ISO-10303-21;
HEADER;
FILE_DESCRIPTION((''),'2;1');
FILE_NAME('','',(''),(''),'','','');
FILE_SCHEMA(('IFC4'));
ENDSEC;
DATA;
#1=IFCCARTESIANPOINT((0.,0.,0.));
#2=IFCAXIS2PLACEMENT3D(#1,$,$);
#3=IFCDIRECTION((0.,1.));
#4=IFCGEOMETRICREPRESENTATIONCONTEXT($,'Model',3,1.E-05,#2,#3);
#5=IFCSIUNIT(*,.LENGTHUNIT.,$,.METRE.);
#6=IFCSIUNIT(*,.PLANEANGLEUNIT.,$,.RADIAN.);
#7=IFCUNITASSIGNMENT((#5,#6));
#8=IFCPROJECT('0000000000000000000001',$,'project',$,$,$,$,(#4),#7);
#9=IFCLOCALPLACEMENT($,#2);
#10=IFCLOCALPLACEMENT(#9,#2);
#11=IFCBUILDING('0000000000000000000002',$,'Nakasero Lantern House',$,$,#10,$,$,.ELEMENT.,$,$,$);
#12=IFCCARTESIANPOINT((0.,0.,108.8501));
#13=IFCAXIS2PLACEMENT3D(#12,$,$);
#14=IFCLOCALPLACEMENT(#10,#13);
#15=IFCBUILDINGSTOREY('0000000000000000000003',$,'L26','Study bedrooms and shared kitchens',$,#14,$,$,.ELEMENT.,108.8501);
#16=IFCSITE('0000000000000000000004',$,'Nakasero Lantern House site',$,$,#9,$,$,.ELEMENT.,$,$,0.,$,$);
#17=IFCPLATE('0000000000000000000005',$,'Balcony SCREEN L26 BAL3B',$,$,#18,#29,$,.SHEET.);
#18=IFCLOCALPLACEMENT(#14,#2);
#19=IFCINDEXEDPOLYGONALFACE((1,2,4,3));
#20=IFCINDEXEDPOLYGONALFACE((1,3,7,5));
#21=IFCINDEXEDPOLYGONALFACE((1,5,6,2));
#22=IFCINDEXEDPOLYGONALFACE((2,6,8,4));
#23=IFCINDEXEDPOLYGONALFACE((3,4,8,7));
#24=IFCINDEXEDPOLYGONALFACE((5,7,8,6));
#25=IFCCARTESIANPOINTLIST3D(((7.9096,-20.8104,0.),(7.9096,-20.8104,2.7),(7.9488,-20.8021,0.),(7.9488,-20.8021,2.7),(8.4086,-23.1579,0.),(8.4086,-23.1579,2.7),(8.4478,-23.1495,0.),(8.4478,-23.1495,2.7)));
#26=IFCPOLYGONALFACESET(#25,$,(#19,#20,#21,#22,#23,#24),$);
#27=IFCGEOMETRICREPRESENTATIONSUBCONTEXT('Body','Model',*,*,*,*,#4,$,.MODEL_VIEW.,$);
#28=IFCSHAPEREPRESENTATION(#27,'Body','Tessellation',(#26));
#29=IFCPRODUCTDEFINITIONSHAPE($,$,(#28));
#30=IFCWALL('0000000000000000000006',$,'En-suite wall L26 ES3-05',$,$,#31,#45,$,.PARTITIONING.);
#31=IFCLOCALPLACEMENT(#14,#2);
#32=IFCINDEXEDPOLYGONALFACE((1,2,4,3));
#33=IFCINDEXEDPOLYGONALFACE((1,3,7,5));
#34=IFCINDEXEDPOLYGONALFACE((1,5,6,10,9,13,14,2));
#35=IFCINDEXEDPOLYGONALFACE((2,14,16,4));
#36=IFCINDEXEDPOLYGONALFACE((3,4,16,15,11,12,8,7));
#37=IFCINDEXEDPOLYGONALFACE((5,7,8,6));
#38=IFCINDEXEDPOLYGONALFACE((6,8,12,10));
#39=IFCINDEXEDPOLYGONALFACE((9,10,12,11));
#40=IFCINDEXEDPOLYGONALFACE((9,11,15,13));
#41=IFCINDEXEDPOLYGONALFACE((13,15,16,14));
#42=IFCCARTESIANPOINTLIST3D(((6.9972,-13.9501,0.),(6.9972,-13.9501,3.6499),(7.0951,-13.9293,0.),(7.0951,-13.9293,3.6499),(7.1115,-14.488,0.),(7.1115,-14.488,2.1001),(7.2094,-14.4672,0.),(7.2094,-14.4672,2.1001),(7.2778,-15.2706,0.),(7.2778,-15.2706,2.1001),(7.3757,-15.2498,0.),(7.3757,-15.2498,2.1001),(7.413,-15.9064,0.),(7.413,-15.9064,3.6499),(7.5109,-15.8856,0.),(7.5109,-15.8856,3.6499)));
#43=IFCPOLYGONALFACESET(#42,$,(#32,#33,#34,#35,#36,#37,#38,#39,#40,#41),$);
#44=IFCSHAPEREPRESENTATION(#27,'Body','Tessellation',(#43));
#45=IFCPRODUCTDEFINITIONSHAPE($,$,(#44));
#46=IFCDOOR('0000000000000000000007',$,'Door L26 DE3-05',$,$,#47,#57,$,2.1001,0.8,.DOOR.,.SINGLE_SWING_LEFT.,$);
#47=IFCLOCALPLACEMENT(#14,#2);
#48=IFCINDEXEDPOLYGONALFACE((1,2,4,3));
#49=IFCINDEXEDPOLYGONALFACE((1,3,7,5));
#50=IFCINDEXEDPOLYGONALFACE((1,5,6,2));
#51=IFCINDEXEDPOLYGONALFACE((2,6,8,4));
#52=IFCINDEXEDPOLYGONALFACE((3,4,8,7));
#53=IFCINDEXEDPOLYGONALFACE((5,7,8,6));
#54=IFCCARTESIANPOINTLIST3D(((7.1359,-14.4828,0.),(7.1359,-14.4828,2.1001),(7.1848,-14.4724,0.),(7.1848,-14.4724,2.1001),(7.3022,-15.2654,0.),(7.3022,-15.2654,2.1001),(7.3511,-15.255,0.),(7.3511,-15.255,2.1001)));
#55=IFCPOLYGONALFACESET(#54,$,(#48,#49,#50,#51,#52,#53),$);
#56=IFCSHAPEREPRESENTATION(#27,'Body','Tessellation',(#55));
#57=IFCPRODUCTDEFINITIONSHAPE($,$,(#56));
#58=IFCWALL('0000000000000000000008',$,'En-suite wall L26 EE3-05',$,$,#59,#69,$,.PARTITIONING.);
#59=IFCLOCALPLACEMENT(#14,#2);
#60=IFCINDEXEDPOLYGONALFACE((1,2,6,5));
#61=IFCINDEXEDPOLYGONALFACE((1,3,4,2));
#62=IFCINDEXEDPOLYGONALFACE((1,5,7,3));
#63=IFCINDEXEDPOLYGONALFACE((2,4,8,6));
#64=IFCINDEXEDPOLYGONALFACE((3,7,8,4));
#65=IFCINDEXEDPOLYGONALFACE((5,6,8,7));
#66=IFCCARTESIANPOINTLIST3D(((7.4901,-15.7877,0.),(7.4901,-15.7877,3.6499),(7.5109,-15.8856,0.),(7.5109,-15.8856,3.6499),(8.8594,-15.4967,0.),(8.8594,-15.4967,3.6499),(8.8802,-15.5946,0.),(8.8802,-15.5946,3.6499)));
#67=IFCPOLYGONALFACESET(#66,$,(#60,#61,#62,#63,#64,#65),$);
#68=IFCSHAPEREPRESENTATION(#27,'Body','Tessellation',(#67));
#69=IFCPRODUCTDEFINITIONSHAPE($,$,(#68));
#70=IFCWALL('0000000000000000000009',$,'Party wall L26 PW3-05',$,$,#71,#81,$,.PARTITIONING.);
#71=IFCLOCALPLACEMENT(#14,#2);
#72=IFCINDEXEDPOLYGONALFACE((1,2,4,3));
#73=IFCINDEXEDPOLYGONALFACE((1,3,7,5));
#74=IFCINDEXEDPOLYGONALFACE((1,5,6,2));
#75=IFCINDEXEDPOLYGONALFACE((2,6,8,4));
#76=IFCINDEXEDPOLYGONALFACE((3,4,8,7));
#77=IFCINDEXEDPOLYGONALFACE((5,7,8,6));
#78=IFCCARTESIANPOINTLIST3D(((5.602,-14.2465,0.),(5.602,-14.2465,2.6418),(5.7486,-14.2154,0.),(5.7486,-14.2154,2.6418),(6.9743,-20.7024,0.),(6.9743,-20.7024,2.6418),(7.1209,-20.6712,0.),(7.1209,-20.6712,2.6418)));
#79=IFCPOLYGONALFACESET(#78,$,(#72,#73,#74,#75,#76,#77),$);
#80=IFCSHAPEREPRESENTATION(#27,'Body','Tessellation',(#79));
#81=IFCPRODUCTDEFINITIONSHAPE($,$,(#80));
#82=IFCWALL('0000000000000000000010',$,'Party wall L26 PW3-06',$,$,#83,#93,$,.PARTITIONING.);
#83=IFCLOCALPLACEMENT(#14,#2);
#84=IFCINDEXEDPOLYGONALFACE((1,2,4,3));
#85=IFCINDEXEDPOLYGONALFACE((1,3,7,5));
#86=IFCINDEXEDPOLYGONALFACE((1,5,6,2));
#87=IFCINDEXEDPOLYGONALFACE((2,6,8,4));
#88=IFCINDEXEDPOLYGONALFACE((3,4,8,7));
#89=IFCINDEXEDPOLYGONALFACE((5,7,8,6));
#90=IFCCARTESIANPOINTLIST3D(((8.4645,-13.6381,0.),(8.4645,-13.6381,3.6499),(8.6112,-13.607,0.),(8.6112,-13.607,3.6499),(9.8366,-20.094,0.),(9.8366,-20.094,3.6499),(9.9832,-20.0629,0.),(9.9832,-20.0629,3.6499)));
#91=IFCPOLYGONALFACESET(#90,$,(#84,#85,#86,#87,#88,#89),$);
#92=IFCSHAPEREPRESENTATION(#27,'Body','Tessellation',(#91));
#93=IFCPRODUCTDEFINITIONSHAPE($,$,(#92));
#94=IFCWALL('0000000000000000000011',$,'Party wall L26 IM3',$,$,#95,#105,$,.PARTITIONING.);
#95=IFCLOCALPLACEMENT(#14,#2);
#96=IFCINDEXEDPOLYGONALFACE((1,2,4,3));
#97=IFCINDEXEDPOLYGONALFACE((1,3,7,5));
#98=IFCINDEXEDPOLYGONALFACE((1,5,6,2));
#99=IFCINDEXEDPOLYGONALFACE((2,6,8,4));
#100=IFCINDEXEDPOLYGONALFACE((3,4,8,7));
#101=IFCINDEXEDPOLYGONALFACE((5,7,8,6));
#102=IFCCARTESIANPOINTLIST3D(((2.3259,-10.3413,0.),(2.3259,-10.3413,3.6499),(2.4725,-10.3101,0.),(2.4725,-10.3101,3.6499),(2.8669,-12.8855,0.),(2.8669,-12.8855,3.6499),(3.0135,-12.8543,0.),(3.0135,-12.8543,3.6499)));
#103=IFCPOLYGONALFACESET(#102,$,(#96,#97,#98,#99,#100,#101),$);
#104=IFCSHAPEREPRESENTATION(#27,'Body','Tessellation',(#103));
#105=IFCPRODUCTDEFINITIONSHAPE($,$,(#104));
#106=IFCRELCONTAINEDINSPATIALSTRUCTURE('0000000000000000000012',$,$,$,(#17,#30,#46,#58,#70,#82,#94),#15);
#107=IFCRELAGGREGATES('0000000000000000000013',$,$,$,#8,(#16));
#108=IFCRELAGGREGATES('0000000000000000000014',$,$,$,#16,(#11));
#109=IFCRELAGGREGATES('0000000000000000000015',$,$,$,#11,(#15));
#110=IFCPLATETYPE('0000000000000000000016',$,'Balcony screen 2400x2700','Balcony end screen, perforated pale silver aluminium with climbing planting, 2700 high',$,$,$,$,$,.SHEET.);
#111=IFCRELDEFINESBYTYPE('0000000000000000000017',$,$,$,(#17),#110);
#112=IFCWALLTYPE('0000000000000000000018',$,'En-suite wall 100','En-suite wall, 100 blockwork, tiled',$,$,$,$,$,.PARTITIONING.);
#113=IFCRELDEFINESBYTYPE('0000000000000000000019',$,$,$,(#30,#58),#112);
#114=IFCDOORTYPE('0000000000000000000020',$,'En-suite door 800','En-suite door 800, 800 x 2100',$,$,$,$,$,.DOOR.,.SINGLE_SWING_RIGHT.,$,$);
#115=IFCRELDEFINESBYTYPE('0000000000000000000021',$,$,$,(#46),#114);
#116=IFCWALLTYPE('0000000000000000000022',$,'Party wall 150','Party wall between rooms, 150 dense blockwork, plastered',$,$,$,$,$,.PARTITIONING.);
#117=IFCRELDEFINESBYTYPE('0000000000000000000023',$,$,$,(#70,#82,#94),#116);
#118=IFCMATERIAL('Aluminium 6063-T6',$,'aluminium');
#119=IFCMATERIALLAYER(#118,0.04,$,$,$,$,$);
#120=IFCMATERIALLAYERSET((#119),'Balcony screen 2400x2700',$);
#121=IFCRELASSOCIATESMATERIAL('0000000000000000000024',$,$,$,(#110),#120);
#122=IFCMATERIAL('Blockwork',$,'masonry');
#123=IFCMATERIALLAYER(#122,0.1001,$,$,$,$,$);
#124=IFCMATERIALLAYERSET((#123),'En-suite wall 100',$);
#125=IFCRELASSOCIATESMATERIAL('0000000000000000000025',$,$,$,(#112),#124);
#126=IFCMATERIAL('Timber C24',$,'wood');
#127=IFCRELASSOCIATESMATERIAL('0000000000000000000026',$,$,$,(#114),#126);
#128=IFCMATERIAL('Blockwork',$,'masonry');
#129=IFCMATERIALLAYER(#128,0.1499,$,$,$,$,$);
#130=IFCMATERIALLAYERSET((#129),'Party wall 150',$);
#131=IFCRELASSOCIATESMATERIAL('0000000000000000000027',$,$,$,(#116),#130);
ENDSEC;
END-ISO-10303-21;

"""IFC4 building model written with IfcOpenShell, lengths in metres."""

from ifc_helpers import new_model, si_unit, direction, frame, frame_2d, origin, origin_2d, place, context, subcontext, project, spatial, rectangle, extrude, material, layer, layer_set, type_object, element, fill, save


model = new_model("IFC4")

# Units and contexts
model_context = context("Model", 3, precision=1e-05, world=origin(), true_north=direction((0.0, 1.0)))
body_context = subcontext(model_context, "Body", "Model", "MODEL_VIEW")
ifc_project = project(units=[si_unit("LENGTHUNIT", "METRE"), si_unit("PLANEANGLEUNIT", "RADIAN")], contexts=[model_context])

# Site, building, storey
site_placement = place(None, origin())
site = spatial("IfcSite", under=ifc_project, at=site_placement, Name="Nakasero Lantern House site", CompositionType="ELEMENT", RefElevation=0.0)
building_placement = place(site_placement, origin())
building = spatial("IfcBuilding", under=site, at=building_placement, Name="Nakasero Lantern House", CompositionType="ELEMENT")
storey_placement = place(building_placement, frame((0.0, 0.0, 108.8501)))
storey = spatial("IfcBuildingStorey", under=building, at=storey_placement, Name="L26", Description="Study bedrooms and shared kitchens", CompositionType="ELEMENT", Elevation=108.8501)

# Plate
ifc_material_1 = material(Name="Aluminium 6063-T6", Category="aluminium")
ifc_layer_1 = layer(ifc_material_1, 0.04)
ifc_layer_set_1 = layer_set([ifc_layer_1], Name="Balcony screen 2400x2700")
plate_type_1 = type_object("IfcPlateType", Name="Balcony screen 2400x2700", Description="Balcony end screen, perforated pale silver aluminium with climbing planting, 2700 high", PredefinedType="SHEET", material=ifc_layer_set_1)
for number, where, z_axis, x_axis, name in (
    (1, (8.1787, -21.98, 0.0), (0.0, 0.0, 1.0), (0.207912, -0.978148, 0.0), "Balcony SCREEN L26 BAL3B"),
):
    element("IfcPlate", number, at=place(storey_placement, frame(where, z_axis=z_axis, x_axis=x_axis)), inside=storey, type_object=plate_type_1, Name=name, PredefinedType="SHEET", context=body_context, shape_type="SweptSolid", body=[
        extrude(rectangle(XDim=2.3999, YDim=0.04, at=origin_2d()), origin(), (0.0, 0.0, 1.0), 2.7),
    ])

# Wall, opening, door
ifc_material_2 = material(Name="Blockwork", Category="masonry")
ifc_layer_2 = layer(ifc_material_2, 0.1001)
ifc_layer_set_2 = layer_set([ifc_layer_2], Name="En-suite wall 100")
wall_type_1 = type_object("IfcWallType", Name="En-suite wall 100", Description="En-suite wall, 100 blockwork, tiled", PredefinedType="PARTITIONING", material=ifc_layer_set_2)
wall_1_placement = place(storey_placement, frame((7.0461, -13.9397, 0.0), z_axis=(0.0, 0.0, 1.0), x_axis=(0.207886, -0.978153, 0.0)))
wall_1 = element("IfcWall", 2, at=wall_1_placement, inside=storey, type_object=wall_type_1, Name="En-suite wall L26 ES3-05", PredefinedType="PARTITIONING", context=body_context, shape_type="SweptSolid", body=[
    extrude(rectangle(XDim=2.0, YDim=0.1001, at=frame_2d((1.0, 0.0))), origin(), (0.0, 0.0, 1.0), 3.6499),
])
opening_placement = place(wall_1_placement, frame((0.55, 0.0, 0.0)))
opening = element("IfcOpeningElement", 3, at=opening_placement, cuts=wall_1, PredefinedType="OPENING", context=body_context, shape_type="SweptSolid", body=[
    extrude(rectangle(XDim=0.8, YDim=2.1001, at=frame_2d((0.3999, 1.05))), frame((0.0, 0.0701, 0.0), z_axis=(0.0, -1.0, 0.0), x_axis=(1.0, 0.0, 0.0)), (0.0, 0.0, 1.0), 0.1401),
])
ifc_material_3 = material(Name="Timber C24", Category="wood")
door_type = type_object("IfcDoorType", Name="En-suite door 800", Description="En-suite door 800, 800 x 2100", OperationType="SINGLE_SWING_RIGHT", PredefinedType="DOOR", material=ifc_material_3)
door_placement = place(opening_placement, origin())
door = element("IfcDoor", 4, at=door_placement, inside=storey, type_object=door_type, Name="Door L26 DE3-05", OperationType="SINGLE_SWING_LEFT", OverallHeight=2.1001, OverallWidth=0.8, PredefinedType="DOOR", context=body_context, shape_type="SweptSolid", body=[
    extrude(rectangle(XDim=0.8, YDim=2.1001, at=frame_2d((0.3999, 1.05))), frame((0.0, 0.0249, 0.0), z_axis=(0.0, -1.0, 0.0), x_axis=(1.0, 0.0, 0.0)), (0.0, 0.0, 1.0), 0.05),
])
fill(opening, door)

# Walls
wall_2_placement = place(storey_placement, frame((7.5005, -15.8367, 0.0), z_axis=(0.0, 0.0, 1.0), x_axis=(0.978156, 0.207873, 0.0)))
element("IfcWall", 5, at=wall_2_placement, inside=storey, type_object=wall_type_1, Name="En-suite wall L26 EE3-05", PredefinedType="PARTITIONING", context=body_context, shape_type="SweptSolid", body=[
    extrude(rectangle(XDim=1.3999, YDim=0.1001, at=frame_2d((0.7, 0.0))), origin(), (0.0, 0.0, 1.0), 3.6499),
])
ifc_material_4 = material(Name="Blockwork", Category="masonry")
ifc_layer_3 = layer(ifc_material_4, 0.1499)
ifc_layer_set_3 = layer_set([ifc_layer_3], Name="Party wall 150")
wall_type_2 = type_object("IfcWallType", Name="Party wall 150", Description="Party wall between rooms, 150 dense blockwork, plastered", PredefinedType="PARTITIONING", material=ifc_layer_set_3)
wall_3_placement = place(storey_placement, frame((5.6753, -14.231, 0.0), z_axis=(0.0, 0.0, 1.0), x_axis=(0.207925, -0.978145, 0.0)))
element("IfcWall", 6, at=wall_3_placement, inside=storey, type_object=wall_type_2, Name="Party wall L26 PW3-05", PredefinedType="PARTITIONING", context=body_context, shape_type="SweptSolid", body=[
    extrude(rectangle(XDim=6.6001, YDim=0.1499, at=frame_2d((3.3, 0.0))), origin(), (0.0, 0.0, 1.0), 2.6418),
])
wall_4_placement = place(storey_placement, frame((8.5378, -13.6226, 0.0), z_axis=(0.0, 0.0, 1.0), x_axis=(0.207889, -0.978152, 0.0)))
element("IfcWall", 7, at=wall_4_placement, inside=storey, type_object=wall_type_2, Name="Party wall L26 PW3-06", PredefinedType="PARTITIONING", context=body_context, shape_type="SweptSolid", body=[
    extrude(rectangle(XDim=6.6001, YDim=0.1499, at=frame_2d((3.3, 0.0))), origin(), (0.0, 0.0, 1.0), 3.6499),
])
wall_5_placement = place(storey_placement, frame((2.9402, -12.8699, 0.0), z_axis=(0.0, 0.0, 1.0), x_axis=(-0.207997, 0.978129, 0.0)))
element("IfcWall", 8, at=wall_5_placement, inside=storey, type_object=wall_type_2, Name="Party wall L26 IM3", PredefinedType="PARTITIONING", context=body_context, shape_type="SweptSolid", body=[
    extrude(rectangle(XDim=2.6011, YDim=0.1499, at=frame_2d((1.3005, 0.0))), origin(), (0.0, 0.0, 1.0), 3.6499),
])

save(model, "model.ifc")
